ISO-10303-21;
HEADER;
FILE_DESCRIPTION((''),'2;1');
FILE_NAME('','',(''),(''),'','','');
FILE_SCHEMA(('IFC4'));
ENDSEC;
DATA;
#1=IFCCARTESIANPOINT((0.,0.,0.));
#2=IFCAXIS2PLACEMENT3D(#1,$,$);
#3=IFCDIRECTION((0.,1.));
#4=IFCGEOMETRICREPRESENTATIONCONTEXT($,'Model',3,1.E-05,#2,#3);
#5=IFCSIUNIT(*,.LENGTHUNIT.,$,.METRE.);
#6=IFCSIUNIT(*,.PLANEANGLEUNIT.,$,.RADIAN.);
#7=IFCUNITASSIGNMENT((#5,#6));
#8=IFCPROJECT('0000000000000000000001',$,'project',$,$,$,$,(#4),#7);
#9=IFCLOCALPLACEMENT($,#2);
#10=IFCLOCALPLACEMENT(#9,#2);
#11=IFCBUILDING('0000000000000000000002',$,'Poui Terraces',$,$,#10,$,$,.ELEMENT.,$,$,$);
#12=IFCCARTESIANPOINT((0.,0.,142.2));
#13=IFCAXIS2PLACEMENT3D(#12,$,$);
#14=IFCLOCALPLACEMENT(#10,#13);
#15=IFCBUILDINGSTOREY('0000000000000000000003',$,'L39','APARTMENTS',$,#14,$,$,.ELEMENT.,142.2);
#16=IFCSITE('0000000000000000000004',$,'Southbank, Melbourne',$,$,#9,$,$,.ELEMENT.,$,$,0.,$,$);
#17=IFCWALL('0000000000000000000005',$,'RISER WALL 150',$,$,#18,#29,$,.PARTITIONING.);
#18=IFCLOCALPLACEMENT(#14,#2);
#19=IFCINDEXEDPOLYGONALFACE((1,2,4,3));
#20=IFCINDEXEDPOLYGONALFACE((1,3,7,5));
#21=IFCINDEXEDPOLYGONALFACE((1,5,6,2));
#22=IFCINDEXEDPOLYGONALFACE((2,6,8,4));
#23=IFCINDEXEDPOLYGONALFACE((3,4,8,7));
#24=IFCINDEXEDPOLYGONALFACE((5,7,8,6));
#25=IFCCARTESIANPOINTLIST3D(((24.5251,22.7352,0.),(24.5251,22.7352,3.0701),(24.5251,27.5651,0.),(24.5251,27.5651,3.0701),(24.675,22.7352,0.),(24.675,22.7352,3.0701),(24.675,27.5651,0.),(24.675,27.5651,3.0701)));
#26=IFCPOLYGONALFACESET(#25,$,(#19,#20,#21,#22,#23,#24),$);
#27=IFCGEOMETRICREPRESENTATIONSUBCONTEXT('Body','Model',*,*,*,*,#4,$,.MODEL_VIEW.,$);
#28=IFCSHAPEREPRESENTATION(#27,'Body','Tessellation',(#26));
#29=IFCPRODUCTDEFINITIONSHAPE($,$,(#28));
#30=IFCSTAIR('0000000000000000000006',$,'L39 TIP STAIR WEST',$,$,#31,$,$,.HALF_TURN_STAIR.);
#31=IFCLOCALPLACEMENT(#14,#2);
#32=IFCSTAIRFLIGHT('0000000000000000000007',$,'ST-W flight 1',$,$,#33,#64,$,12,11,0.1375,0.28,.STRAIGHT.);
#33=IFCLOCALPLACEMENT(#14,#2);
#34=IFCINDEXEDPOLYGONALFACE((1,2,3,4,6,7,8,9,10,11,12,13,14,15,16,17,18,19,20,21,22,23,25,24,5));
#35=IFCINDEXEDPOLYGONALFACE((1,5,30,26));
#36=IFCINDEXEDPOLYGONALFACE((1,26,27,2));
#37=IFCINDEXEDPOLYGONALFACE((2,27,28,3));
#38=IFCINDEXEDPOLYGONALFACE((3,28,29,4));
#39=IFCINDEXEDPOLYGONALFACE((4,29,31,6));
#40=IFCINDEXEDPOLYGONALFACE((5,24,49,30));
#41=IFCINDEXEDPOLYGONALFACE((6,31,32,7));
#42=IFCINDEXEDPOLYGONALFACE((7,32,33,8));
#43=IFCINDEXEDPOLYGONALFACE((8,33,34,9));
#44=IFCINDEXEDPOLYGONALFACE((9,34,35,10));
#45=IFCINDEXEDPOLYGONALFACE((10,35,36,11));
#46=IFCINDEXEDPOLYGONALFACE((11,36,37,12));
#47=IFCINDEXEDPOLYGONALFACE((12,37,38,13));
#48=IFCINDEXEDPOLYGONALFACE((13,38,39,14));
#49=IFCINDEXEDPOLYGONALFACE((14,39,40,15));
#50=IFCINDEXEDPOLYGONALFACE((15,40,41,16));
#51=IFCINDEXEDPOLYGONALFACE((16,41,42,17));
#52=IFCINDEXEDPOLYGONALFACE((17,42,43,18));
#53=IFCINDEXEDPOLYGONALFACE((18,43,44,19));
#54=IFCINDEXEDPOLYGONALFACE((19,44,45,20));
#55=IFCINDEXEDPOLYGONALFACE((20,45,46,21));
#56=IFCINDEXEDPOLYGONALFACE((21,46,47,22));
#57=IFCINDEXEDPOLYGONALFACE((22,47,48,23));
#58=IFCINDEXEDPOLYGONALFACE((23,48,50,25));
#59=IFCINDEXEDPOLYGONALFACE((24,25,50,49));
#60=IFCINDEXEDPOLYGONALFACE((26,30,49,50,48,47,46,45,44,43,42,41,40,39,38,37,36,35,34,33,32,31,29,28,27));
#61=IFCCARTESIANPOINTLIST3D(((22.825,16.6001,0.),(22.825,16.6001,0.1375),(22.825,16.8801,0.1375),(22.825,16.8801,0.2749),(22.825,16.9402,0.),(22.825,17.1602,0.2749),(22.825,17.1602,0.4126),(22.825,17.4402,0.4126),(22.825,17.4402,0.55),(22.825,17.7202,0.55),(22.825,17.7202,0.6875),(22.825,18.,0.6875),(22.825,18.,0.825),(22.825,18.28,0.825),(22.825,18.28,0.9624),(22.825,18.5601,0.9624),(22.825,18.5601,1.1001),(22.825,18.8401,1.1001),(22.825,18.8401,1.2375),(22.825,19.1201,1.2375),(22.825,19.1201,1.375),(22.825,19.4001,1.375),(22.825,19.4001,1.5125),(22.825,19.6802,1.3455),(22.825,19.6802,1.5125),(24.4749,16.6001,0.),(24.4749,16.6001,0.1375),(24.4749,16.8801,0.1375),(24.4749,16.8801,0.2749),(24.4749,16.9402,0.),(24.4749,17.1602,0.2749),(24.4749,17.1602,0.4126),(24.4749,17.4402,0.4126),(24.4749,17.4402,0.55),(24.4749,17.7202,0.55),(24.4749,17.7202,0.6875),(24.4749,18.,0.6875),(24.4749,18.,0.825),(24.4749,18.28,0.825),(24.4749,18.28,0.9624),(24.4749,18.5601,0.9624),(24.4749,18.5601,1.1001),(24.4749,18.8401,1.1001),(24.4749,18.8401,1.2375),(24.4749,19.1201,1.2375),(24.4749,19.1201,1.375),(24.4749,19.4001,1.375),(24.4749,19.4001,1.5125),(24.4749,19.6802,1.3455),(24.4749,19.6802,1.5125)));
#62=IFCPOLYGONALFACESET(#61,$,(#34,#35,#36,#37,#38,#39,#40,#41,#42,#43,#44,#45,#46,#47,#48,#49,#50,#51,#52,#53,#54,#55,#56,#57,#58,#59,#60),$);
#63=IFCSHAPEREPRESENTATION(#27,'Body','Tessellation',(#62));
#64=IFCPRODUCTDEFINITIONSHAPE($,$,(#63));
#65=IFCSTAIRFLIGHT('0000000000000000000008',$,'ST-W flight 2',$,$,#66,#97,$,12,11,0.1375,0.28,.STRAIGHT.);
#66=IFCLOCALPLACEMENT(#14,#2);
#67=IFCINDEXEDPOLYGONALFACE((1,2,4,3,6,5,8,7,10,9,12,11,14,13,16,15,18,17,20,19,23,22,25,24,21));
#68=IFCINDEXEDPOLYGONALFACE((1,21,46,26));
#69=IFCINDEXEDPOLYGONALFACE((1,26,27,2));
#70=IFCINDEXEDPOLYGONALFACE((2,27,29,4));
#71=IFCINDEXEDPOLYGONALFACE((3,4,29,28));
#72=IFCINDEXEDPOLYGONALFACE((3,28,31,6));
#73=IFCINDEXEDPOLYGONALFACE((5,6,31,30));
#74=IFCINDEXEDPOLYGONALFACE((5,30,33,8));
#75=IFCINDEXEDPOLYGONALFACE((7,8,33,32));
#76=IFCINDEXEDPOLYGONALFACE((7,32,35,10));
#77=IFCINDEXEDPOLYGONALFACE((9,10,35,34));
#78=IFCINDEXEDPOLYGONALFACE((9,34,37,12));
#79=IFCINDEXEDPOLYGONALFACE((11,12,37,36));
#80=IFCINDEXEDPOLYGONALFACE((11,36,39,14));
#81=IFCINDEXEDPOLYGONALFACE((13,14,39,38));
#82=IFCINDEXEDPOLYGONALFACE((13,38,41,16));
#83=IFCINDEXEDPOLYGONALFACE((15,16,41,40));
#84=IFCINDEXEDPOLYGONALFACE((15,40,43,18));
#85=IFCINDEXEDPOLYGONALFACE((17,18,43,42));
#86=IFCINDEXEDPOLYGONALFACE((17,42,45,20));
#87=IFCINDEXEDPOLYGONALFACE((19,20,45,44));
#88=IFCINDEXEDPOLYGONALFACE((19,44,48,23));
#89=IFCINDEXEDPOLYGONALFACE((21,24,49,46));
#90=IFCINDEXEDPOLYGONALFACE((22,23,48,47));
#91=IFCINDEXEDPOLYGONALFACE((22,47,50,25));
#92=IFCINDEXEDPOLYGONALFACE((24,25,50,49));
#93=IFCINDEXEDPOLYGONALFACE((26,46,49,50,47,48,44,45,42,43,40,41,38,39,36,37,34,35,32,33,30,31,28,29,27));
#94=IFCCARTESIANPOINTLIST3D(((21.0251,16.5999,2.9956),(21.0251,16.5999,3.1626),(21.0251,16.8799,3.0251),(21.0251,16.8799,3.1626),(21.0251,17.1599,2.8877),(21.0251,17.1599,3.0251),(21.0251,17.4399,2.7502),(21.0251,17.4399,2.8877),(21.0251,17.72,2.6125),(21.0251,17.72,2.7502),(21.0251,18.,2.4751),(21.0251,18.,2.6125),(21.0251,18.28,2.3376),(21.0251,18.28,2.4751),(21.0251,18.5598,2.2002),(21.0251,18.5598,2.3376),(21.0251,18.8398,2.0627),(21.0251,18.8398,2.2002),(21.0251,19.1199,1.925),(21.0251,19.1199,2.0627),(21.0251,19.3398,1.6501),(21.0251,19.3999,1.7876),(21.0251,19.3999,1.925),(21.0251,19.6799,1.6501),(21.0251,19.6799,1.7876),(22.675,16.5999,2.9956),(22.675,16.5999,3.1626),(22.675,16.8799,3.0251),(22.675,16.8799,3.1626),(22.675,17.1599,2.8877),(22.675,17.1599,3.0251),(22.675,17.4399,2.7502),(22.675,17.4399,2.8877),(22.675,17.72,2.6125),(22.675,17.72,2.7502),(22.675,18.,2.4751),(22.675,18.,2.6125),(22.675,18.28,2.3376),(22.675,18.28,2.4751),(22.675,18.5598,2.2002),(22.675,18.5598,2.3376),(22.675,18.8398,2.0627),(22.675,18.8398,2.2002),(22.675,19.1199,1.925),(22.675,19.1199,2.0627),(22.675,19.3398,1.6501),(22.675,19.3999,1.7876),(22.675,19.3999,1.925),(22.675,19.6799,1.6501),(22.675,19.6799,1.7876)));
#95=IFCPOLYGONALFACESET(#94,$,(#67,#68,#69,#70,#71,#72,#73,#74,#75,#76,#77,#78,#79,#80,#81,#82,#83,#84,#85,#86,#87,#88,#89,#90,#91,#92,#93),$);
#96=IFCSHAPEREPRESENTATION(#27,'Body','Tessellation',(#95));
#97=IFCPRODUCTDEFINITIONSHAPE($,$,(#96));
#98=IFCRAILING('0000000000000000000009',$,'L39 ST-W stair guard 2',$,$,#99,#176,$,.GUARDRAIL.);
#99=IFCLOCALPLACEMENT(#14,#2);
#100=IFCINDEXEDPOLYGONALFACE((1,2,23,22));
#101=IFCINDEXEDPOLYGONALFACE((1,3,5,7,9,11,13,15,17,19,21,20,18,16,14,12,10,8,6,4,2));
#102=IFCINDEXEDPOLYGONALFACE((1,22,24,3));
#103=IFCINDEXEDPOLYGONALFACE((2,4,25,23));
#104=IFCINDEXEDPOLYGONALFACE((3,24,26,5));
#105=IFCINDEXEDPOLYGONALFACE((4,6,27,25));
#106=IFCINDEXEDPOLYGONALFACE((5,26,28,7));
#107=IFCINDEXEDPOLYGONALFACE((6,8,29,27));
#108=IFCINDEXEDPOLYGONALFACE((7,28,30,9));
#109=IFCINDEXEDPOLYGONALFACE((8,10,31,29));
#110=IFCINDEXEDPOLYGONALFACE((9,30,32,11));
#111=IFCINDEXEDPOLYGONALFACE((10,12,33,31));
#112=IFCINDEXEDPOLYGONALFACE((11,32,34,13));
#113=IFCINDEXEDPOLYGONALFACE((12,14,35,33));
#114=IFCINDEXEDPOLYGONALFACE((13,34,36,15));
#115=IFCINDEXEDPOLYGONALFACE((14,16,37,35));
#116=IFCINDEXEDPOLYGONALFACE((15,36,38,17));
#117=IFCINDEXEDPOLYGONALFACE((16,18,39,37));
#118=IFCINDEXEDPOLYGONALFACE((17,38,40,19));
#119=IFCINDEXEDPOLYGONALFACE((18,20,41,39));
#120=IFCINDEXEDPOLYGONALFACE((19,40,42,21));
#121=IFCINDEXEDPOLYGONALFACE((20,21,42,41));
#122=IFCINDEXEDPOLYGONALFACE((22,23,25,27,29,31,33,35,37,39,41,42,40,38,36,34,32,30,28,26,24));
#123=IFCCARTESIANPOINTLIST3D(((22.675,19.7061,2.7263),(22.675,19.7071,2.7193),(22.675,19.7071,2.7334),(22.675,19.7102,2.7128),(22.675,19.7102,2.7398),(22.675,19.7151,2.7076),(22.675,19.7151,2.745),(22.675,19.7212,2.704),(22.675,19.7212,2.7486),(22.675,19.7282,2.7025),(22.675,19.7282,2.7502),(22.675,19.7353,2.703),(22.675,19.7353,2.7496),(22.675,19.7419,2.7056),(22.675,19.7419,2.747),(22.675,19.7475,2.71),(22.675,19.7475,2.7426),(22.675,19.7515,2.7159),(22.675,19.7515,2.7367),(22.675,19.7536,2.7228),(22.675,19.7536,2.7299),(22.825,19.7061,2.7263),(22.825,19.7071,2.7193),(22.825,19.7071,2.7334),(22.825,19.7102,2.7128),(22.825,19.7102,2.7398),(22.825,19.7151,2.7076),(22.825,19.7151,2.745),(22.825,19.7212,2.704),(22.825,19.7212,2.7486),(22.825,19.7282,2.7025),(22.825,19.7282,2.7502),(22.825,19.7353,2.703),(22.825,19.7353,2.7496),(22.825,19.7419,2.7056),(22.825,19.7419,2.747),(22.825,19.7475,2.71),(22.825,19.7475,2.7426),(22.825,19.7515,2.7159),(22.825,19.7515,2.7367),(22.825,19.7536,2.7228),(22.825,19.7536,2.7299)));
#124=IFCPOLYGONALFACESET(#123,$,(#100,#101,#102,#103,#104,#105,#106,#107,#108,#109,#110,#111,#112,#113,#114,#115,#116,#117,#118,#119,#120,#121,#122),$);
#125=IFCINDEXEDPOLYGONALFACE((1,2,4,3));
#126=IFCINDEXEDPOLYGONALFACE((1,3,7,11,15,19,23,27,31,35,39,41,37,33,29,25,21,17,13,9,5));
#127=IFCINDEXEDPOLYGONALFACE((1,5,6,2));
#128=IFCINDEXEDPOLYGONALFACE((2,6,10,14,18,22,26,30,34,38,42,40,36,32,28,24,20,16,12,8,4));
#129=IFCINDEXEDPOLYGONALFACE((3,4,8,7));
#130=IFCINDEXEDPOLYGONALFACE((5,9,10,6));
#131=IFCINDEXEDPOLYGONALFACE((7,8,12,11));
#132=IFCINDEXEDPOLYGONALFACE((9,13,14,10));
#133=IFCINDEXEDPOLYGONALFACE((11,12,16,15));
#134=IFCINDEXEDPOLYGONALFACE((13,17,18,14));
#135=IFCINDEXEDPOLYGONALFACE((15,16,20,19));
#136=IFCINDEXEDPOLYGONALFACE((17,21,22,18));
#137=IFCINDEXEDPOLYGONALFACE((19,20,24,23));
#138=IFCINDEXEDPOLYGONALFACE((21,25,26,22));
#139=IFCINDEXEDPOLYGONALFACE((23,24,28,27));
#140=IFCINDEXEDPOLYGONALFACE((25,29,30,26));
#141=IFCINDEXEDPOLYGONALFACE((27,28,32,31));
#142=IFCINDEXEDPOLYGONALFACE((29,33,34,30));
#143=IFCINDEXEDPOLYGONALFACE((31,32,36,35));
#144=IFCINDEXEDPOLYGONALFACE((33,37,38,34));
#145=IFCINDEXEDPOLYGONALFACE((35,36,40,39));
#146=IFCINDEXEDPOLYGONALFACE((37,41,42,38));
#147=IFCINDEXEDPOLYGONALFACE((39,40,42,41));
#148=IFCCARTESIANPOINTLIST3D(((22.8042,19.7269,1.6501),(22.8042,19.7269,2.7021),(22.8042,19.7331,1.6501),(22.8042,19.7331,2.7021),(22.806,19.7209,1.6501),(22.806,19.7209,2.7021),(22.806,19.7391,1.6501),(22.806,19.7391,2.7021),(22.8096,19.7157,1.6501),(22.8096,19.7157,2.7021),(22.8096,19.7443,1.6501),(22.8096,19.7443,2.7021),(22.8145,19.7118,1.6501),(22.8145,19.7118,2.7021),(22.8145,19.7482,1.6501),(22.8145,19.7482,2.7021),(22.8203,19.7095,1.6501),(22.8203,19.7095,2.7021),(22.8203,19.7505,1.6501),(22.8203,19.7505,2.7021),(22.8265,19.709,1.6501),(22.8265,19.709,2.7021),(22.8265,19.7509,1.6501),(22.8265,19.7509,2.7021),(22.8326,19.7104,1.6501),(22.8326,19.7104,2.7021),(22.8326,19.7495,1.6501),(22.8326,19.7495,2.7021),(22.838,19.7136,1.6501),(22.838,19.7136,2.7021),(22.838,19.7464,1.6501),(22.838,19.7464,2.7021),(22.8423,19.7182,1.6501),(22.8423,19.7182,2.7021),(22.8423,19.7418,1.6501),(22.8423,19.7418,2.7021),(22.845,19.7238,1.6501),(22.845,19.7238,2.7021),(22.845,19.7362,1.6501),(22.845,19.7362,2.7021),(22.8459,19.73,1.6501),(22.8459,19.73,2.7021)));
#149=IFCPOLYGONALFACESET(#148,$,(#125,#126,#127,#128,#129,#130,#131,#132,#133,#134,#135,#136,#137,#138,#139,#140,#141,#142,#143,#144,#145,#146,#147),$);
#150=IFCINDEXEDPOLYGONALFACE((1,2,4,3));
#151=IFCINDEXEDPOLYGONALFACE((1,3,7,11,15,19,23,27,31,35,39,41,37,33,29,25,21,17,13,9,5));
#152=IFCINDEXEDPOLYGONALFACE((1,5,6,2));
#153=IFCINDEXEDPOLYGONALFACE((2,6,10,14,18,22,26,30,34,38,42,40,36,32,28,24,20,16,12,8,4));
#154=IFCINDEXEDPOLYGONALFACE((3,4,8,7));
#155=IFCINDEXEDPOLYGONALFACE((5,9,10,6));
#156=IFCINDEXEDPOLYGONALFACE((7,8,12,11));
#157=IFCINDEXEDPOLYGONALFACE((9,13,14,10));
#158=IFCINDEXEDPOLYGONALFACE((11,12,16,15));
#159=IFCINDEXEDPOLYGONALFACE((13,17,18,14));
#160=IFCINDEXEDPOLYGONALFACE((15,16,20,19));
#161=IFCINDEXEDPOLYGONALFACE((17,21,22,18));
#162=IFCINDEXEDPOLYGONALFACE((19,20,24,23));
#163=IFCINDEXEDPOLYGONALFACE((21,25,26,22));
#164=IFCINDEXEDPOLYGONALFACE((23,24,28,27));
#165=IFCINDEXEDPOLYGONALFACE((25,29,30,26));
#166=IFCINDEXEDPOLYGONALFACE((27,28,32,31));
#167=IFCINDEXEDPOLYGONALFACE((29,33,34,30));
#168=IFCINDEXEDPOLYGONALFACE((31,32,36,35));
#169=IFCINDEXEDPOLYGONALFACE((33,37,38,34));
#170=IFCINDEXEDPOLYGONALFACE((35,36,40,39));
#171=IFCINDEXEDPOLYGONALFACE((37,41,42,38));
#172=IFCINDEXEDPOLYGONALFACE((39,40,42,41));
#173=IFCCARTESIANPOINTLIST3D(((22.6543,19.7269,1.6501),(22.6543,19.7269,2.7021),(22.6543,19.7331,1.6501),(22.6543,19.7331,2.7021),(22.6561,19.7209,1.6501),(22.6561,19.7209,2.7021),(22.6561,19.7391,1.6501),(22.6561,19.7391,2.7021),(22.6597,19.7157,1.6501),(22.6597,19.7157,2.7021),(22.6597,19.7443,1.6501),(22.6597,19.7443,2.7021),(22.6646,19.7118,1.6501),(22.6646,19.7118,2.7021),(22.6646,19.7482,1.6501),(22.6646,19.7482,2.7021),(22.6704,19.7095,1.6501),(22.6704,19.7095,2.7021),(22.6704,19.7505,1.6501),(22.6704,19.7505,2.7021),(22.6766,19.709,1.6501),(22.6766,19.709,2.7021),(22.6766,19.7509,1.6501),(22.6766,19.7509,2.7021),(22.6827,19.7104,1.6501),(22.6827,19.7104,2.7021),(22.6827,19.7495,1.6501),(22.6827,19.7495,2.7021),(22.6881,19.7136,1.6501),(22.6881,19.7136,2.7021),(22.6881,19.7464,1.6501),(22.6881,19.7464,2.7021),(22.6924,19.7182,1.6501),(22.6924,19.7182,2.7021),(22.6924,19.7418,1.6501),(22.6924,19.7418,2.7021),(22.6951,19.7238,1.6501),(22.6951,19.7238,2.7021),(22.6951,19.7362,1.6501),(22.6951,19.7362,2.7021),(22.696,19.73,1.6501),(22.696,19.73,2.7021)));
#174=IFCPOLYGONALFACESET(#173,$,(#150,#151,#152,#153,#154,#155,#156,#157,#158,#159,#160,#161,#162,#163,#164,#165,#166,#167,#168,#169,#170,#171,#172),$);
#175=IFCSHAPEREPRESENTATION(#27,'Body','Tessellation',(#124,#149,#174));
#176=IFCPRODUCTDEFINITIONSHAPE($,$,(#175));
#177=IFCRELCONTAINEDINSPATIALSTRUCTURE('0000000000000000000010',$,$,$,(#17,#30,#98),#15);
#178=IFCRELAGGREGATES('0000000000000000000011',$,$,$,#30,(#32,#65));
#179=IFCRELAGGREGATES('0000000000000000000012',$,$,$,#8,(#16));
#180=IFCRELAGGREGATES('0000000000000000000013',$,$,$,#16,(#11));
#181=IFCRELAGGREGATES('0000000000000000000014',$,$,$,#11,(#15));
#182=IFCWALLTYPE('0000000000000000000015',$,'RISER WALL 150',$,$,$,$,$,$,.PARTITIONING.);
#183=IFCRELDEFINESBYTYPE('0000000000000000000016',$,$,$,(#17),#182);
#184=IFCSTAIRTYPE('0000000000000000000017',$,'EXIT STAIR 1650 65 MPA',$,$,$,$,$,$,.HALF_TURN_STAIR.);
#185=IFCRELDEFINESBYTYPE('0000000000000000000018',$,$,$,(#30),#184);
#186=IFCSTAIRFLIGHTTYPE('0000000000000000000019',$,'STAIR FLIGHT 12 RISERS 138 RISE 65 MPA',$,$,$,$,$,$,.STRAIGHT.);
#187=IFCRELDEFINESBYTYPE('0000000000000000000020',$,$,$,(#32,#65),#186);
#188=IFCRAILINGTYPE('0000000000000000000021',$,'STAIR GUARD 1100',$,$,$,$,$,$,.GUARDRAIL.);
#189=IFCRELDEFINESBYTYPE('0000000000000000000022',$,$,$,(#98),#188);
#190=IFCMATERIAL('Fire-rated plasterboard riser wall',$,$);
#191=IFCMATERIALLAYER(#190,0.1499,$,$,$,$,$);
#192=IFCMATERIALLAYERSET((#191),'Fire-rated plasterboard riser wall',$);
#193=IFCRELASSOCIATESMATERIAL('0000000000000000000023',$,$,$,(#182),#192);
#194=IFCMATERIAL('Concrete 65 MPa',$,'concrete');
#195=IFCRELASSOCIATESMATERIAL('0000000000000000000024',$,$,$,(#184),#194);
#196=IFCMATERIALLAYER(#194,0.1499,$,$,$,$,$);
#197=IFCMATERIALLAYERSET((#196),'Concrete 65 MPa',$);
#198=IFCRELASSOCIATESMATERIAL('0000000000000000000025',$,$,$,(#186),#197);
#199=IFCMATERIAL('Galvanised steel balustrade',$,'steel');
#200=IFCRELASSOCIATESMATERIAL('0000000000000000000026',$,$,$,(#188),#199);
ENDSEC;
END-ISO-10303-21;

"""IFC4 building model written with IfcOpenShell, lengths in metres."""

from ifc_helpers import new_model, si_unit, direction, frame, frame_2d, origin, origin_2d, place, context, subcontext, project, spatial, polyline, rectangle, circle, outline, extrude, material, layer, layer_set, type_object, element, aggregate, save


model = new_model("IFC4")

# Units and contexts
model_context = context("Model", 3, precision=1e-05, world=origin(), true_north=direction((0.0, 1.0)))
body_context = subcontext(model_context, "Body", "Model", "MODEL_VIEW")
ifc_project = project(units=[si_unit("LENGTHUNIT", "METRE"), si_unit("PLANEANGLEUNIT", "RADIAN")], contexts=[model_context])

# Site, building, storey
site_placement = place(None, origin())
site = spatial("IfcSite", under=ifc_project, at=site_placement, Name="Southbank, Melbourne", CompositionType="ELEMENT", RefElevation=0.0)
building_placement = place(site_placement, origin())
building = spatial("IfcBuilding", under=site, at=building_placement, Name="Poui Terraces", CompositionType="ELEMENT")
storey_placement = place(building_placement, frame((0.0, 0.0, 142.2)))
storey = spatial("IfcBuildingStorey", under=building, at=storey_placement, Name="L39", Description="APARTMENTS", CompositionType="ELEMENT", Elevation=142.2)

# Wall
ifc_material_1 = material(Name="Fire-rated plasterboard riser wall")
ifc_layer_1 = layer(ifc_material_1, 0.1499)
ifc_layer_set_1 = layer_set([ifc_layer_1], Name="Fire-rated plasterboard riser wall")
wall_type = type_object("IfcWallType", Name="RISER WALL 150", PredefinedType="PARTITIONING", material=ifc_layer_set_1)
wall_placement = place(storey_placement, frame((24.6001, 22.7351, 0.0), z_axis=(0.0, 0.0, 1.0), x_axis=(0.0, 1.0, 0.0)))
element("IfcWall", 1, at=wall_placement, inside=storey, type_object=wall_type, Name="RISER WALL 150", PredefinedType="PARTITIONING", context=body_context, shape_type="SweptSolid", body=[
    extrude(rectangle(XDim=4.8298, YDim=0.1499, at=frame_2d((2.415, 0.0))), origin(), (0.0, 0.0, 1.0), 3.0701),
])

# Stair, stair flights
ifc_material_2 = material(Name="Concrete 65 MPa", Category="concrete")
stair_type = type_object("IfcStairType", Name="EXIT STAIR 1650 65 MPA", PredefinedType="HALF_TURN_STAIR", material=ifc_material_2)
stair_placement = place(storey_placement, origin())
stair = element("IfcStair", 2, at=stair_placement, inside=storey, type_object=stair_type, Name="L39 TIP STAIR WEST", PredefinedType="HALF_TURN_STAIR")
ifc_layer_2 = layer(ifc_material_2, 0.1499)
ifc_layer_set_2 = layer_set([ifc_layer_2], Name="Concrete 65 MPa")
stair_flight_type = type_object("IfcStairFlightType", Name="STAIR FLIGHT 12 RISERS 138 RISE 65 MPA", PredefinedType="STRAIGHT", material=ifc_layer_set_2)
stair_flight_1_placement = place(storey_placement, frame((23.6499, 16.6001, 0.0), z_axis=(0.0, 0.0, 1.0), x_axis=(0.0, 1.0, 0.0)))
stair_flight_1 = element("IfcStairFlight", 3, at=stair_flight_1_placement, type_object=stair_flight_type, Name="ST-W flight 1", NumberOfRisers=12, NumberOfTreads=11, PredefinedType="STRAIGHT", RiserHeight=0.1375, TreadLength=0.28, context=body_context, shape_type="SweptSolid", body=[
    extrude(outline(polyline([(0.0, 0.0), (0.0, 0.1375), (0.28, 0.1375), (0.28, 0.2749), (0.5601, 0.2749), (0.5601, 0.4126), (0.8401, 0.4126), (0.8401, 0.55), (1.1201, 0.55), (1.1201, 0.6875), (1.3999, 0.6875), (1.3999, 0.825), (1.6799, 0.825), (1.6799, 0.9624), (1.96, 0.9624), (1.96, 1.1001), (2.24, 1.1001), (2.24, 1.2375), (2.52, 1.2375), (2.52, 1.375), (2.8, 1.375), (2.8, 1.5125), (3.0801, 1.5125), (3.0801, 1.6499), (3.0801, 1.3455), (0.3401, 0.0), (0.0, 0.0)])), frame((0.0, 0.825, 0.0), z_axis=(0.0, -1.0, 0.0), x_axis=(1.0, 0.0, 0.0)), (0.0, 0.0, 1.0), 1.6499),
])
stair_flight_2_placement = place(storey_placement, frame((21.8501, 19.6799, 1.6501), z_axis=(0.0, 0.0, 1.0), x_axis=(0.0, -1.0, 0.0)))
stair_flight_2 = element("IfcStairFlight", 4, at=stair_flight_2_placement, type_object=stair_flight_type, Name="ST-W flight 2", NumberOfRisers=12, NumberOfTreads=11, PredefinedType="STRAIGHT", RiserHeight=0.1375, TreadLength=0.28, context=body_context, shape_type="SweptSolid", body=[
    extrude(outline(polyline([(0.0, 0.0), (0.0, 0.1375), (0.28, 0.1375), (0.28, 0.2749), (0.5601, 0.2749), (0.5601, 0.4126), (0.8401, 0.4126), (0.8401, 0.55), (1.1201, 0.55), (1.1201, 0.6875), (1.3999, 0.6875), (1.3999, 0.825), (1.6799, 0.825), (1.6799, 0.9624), (1.96, 0.9624), (1.96, 1.1001), (2.24, 1.1001), (2.24, 1.2375), (2.52, 1.2375), (2.52, 1.375), (2.8, 1.375), (2.8, 1.5125), (3.0801, 1.5125), (3.0801, 1.6499), (3.0801, 1.3455), (0.3401, 0.0), (0.0, 0.0)])), frame((0.0, 0.825, 0.0), z_axis=(0.0, -1.0, 0.0), x_axis=(1.0, 0.0, 0.0)), (0.0, 0.0, 1.0), 1.6499),
])
aggregate(stair, [stair_flight_1, stair_flight_2])

# Railing
ifc_material_3 = material(Name="Galvanised steel balustrade", Category="steel")
railing_type_1 = type_object("IfcRailingType", Name="STAIR GUARD 1100", PredefinedType="GUARDRAIL", material=ifc_material_3)
railing_1_placement = place(storey_placement, frame((22.825, 19.73, 1.6501)))
element("IfcRailing", 5, at=railing_1_placement, inside=storey, type_object=railing_type_1, Name="L39 ST-W stair guard 2", PredefinedType="GUARDRAIL", context=body_context, shape_type="SweptSolid", body=[
    extrude(circle(Radius=0.0239, at=origin_2d()), frame((0.0, 0.0, 1.0762), z_axis=(-1.0, 0.0, 0.0), x_axis=(0.0, -1.0, 0.0)), (0.0, 0.0, 1.0), 0.1499),
    extrude(circle(Radius=0.021, at=origin_2d()), origin(), (0.0, 0.0, 1.0), 1.052),
    extrude(circle(Radius=0.021, at=origin_2d()), frame((-0.1499, 0.0, 0.0)), (0.0, 0.0, 1.0), 1.052),
])

save(model, "model.ifc")
